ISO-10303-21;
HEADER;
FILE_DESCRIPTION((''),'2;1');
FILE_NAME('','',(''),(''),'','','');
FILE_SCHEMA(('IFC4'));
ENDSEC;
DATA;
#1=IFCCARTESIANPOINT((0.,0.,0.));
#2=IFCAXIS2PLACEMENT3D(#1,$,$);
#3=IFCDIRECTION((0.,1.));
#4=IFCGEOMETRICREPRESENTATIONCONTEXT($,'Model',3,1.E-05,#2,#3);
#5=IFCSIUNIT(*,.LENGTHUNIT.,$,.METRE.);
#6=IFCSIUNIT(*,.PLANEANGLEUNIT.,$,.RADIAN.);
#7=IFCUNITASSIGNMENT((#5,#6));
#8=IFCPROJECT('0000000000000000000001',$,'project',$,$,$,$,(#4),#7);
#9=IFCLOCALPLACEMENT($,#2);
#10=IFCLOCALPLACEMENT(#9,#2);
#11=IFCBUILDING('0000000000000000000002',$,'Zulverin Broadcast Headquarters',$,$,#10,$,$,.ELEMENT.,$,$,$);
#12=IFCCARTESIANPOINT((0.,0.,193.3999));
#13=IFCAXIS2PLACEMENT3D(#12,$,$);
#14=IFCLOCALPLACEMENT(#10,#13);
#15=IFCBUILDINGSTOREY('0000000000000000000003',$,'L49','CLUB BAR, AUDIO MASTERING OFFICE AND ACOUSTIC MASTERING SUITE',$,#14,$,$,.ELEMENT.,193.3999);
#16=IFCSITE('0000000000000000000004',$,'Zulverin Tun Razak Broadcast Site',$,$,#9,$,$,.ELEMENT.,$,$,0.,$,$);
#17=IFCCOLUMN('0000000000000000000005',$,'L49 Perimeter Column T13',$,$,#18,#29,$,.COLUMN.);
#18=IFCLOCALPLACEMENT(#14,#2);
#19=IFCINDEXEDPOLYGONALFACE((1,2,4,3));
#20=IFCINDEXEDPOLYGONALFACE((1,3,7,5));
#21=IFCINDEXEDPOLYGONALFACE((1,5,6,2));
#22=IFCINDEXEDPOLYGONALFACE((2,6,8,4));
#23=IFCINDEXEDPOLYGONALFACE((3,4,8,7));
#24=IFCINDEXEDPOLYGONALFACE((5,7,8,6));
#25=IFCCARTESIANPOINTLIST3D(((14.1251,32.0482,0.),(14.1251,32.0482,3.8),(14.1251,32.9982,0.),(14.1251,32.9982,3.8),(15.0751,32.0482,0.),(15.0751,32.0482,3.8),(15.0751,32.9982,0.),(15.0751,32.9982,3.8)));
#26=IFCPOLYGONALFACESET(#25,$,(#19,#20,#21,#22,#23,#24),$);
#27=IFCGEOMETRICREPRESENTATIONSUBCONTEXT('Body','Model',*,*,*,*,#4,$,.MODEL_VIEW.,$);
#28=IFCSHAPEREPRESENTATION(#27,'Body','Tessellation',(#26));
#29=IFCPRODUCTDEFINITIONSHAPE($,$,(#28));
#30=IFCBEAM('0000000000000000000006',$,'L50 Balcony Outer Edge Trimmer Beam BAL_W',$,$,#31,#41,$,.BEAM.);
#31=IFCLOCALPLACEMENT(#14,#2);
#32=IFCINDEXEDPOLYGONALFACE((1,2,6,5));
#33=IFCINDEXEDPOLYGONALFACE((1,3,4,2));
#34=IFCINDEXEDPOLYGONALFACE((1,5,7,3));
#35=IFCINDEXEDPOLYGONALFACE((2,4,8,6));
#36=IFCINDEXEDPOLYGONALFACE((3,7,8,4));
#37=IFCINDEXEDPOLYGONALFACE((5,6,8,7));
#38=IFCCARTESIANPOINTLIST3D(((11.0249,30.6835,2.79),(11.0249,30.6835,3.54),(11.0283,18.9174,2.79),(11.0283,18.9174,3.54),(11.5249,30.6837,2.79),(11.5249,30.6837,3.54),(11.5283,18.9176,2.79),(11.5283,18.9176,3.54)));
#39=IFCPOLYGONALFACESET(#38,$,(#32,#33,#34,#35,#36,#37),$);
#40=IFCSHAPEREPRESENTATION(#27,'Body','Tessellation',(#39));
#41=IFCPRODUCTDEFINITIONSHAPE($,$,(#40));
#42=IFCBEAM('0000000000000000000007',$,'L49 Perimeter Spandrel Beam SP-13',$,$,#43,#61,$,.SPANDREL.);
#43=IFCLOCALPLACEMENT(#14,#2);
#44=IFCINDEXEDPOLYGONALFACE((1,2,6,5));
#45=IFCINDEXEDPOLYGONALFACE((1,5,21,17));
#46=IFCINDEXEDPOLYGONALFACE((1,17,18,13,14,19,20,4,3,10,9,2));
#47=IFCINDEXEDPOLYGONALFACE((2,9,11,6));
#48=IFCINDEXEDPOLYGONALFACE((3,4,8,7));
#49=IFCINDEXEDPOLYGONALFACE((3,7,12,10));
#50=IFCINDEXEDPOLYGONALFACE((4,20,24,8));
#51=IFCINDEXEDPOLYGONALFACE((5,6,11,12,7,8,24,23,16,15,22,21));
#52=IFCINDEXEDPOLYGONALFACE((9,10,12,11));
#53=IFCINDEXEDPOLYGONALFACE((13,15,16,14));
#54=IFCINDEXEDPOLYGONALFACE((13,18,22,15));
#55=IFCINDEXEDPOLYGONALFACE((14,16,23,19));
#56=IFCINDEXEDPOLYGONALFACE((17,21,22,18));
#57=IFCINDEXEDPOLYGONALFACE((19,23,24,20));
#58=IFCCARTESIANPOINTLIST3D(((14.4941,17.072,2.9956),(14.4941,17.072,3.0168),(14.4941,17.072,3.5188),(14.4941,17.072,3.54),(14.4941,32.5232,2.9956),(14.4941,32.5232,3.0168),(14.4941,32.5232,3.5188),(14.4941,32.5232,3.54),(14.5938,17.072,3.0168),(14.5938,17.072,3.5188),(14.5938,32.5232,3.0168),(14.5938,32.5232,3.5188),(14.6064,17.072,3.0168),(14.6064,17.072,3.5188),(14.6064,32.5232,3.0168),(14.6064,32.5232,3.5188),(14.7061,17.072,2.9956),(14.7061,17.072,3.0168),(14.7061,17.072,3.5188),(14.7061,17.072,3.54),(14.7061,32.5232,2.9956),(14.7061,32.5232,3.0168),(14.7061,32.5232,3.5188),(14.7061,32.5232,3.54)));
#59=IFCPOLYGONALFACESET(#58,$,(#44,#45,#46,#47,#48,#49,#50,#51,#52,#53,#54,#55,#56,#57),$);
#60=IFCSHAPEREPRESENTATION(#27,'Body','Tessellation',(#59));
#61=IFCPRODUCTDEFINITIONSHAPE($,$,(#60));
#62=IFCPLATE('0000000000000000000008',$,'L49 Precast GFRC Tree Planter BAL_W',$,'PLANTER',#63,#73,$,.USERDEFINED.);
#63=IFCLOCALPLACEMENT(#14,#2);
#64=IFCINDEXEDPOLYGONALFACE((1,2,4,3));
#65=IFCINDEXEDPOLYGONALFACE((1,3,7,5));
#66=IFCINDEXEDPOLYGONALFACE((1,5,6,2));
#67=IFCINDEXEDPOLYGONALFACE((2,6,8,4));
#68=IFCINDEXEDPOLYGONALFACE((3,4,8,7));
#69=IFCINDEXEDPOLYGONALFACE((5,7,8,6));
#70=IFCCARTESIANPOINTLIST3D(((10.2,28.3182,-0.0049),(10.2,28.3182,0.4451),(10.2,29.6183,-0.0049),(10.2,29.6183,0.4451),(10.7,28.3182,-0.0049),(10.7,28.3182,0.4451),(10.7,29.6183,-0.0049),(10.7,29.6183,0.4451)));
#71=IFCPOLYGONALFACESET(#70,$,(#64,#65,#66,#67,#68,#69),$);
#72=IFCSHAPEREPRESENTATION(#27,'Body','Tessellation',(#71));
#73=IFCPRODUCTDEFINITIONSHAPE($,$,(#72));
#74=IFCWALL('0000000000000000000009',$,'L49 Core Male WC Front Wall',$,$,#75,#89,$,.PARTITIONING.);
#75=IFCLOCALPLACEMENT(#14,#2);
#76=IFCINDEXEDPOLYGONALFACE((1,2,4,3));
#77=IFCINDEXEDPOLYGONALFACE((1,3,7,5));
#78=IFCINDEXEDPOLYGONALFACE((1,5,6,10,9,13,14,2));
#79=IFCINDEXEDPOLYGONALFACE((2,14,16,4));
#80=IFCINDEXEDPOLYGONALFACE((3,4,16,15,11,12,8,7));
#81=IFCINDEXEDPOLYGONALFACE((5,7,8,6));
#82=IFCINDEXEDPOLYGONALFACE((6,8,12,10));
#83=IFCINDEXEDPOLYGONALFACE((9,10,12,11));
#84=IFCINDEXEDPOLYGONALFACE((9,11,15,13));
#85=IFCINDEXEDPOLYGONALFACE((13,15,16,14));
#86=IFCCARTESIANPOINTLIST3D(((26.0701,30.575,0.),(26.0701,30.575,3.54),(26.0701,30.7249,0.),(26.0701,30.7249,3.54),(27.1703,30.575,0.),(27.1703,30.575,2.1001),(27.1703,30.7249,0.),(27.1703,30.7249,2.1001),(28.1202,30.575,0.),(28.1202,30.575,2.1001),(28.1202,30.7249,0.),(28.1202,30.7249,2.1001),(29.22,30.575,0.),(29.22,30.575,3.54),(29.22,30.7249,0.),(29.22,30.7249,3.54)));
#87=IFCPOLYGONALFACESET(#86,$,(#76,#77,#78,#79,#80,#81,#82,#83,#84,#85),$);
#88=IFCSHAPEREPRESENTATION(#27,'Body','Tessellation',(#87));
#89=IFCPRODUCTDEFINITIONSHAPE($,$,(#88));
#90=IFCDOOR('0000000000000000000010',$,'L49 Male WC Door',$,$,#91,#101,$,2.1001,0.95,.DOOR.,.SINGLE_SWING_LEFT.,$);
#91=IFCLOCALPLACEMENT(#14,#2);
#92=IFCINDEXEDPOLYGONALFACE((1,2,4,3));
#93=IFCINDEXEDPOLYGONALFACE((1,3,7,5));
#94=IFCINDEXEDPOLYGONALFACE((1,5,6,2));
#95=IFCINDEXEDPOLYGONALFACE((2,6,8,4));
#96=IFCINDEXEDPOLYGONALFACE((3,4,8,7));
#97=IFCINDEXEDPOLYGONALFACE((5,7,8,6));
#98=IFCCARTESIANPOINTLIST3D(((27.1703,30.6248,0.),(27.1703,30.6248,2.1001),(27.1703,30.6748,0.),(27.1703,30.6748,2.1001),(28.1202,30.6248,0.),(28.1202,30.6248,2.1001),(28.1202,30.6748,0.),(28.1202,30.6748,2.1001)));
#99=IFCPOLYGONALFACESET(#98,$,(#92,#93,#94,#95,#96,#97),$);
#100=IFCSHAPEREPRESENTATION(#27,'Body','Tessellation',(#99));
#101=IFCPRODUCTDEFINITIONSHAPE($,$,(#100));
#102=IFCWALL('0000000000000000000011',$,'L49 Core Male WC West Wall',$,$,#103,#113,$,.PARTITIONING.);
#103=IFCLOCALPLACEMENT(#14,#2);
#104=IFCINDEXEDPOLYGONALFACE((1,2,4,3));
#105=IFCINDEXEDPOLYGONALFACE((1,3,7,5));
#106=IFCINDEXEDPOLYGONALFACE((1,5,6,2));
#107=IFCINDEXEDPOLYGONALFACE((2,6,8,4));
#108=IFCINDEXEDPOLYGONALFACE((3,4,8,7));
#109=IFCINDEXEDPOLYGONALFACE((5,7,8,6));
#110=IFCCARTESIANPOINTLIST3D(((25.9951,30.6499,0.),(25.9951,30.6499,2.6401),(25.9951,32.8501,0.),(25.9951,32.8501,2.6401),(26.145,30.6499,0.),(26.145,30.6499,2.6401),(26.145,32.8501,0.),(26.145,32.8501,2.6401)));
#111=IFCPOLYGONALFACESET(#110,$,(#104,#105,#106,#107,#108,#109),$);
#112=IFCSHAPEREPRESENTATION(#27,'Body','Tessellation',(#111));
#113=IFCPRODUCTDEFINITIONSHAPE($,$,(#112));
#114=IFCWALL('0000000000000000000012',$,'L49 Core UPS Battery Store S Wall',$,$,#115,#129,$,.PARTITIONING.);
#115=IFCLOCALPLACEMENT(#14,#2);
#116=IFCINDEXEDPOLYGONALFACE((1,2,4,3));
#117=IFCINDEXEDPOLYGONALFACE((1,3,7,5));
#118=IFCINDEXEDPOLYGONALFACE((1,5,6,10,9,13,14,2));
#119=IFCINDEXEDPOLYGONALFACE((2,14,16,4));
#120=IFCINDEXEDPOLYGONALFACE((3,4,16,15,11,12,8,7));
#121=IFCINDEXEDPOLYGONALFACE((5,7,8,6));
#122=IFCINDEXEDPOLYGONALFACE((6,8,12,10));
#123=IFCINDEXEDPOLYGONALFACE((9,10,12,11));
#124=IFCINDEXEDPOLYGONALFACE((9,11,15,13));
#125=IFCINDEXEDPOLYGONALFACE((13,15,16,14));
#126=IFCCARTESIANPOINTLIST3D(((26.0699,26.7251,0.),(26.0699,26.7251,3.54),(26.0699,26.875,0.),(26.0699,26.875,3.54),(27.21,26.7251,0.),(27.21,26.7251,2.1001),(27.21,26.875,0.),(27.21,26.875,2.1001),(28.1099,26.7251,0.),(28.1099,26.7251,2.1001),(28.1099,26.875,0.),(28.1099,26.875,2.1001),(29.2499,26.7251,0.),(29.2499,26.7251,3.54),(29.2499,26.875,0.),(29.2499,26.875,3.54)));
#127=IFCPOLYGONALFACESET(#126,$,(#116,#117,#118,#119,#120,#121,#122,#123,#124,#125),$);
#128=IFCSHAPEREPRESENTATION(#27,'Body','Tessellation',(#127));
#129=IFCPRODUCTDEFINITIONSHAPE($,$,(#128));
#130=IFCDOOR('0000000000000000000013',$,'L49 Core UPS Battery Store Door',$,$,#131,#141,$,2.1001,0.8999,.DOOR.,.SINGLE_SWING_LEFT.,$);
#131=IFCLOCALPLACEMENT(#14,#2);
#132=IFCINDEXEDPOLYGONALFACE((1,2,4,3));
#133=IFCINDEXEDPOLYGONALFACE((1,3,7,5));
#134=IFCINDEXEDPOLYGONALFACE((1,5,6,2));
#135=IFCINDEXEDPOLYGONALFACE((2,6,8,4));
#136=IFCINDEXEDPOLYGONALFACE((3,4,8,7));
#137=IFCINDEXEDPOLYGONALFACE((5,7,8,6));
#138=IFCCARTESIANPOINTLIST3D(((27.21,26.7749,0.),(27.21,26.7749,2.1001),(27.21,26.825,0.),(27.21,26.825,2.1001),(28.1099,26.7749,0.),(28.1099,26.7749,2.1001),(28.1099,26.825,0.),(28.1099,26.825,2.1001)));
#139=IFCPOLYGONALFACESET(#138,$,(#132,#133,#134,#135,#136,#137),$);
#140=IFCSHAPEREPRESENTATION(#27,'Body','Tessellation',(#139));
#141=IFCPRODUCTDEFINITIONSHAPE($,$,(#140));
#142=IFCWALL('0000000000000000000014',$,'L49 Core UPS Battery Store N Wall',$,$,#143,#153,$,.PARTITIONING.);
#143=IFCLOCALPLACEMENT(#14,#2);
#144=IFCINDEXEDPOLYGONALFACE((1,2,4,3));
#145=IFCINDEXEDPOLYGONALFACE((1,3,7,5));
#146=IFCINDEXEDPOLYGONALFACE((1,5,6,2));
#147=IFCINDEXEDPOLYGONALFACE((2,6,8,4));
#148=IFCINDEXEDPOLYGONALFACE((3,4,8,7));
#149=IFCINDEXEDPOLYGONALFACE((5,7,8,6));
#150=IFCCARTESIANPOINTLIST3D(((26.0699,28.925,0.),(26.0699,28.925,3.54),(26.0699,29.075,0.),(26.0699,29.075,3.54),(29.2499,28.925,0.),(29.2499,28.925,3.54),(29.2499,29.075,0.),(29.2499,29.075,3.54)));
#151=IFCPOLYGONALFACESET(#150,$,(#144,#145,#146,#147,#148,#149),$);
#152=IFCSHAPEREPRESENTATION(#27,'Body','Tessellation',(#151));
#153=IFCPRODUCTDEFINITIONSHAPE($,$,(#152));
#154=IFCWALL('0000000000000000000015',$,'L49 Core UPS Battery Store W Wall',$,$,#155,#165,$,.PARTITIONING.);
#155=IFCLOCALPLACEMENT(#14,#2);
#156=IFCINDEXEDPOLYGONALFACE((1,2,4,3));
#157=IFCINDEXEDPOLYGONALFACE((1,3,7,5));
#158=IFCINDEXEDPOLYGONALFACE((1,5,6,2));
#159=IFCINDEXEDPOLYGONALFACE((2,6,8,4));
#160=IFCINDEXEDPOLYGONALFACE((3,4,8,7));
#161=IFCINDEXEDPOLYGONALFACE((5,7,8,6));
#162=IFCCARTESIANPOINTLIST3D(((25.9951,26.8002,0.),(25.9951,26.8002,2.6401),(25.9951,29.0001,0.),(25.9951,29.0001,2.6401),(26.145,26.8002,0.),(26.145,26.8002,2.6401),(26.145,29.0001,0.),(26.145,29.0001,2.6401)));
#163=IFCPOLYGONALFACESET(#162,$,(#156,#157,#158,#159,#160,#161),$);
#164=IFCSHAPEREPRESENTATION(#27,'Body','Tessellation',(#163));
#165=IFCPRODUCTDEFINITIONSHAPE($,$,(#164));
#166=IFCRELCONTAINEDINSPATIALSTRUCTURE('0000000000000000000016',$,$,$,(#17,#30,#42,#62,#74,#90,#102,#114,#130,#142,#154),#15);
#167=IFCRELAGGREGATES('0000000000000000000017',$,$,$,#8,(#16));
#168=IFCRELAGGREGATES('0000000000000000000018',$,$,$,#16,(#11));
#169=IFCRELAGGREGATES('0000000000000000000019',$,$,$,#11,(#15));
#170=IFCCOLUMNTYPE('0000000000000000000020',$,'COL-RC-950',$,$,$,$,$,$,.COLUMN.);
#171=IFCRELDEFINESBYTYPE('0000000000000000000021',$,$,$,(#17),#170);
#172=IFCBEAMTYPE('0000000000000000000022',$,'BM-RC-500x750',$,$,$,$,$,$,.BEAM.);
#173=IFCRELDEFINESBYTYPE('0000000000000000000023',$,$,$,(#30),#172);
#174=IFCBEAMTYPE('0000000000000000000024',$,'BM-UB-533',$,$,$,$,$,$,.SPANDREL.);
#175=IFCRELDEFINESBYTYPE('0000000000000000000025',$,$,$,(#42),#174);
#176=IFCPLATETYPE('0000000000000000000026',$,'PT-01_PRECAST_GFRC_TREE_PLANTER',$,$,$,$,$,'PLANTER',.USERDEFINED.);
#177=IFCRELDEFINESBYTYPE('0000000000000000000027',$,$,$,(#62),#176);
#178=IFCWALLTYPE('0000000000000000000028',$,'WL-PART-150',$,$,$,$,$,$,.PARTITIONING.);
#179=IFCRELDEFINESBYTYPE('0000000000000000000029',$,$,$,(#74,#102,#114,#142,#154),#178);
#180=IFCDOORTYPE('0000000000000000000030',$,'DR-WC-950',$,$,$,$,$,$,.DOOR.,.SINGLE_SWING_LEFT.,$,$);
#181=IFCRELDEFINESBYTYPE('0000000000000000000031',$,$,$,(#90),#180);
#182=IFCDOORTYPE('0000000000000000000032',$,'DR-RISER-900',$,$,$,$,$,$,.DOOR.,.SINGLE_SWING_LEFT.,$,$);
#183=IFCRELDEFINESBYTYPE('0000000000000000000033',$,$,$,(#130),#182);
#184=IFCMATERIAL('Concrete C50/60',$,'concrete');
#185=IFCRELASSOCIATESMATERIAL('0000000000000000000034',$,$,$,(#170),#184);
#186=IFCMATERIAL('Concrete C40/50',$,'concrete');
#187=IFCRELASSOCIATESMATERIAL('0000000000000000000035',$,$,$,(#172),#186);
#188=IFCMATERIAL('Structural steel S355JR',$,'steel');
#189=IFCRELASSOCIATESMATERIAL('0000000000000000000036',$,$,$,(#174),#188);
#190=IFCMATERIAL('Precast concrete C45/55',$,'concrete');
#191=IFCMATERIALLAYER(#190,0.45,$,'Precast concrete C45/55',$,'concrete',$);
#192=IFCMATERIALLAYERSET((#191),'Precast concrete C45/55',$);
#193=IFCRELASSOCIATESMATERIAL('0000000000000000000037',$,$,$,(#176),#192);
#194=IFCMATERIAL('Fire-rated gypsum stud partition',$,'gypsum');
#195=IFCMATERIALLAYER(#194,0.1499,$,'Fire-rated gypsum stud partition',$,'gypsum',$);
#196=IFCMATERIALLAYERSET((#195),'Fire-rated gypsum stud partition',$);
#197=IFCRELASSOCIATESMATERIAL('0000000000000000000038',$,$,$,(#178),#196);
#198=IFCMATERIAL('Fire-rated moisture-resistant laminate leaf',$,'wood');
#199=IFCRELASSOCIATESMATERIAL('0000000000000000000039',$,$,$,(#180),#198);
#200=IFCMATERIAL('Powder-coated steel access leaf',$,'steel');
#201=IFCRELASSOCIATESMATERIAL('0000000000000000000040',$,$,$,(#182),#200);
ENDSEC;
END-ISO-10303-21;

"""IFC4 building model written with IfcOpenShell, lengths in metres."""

from ifc_helpers import new_model, si_unit, direction, frame, frame_2d, origin, origin_2d, place, context, subcontext, project, spatial, rectangle, i_section, extrude, material, layer, layer_set, material_profile, profile_set, type_object, element, fill, save


model = new_model("IFC4")

# Units and contexts
model_context = context("Model", 3, precision=1e-05, world=origin(), true_north=direction((0.0, 1.0)))
body_context = subcontext(model_context, "Body", "Model", "MODEL_VIEW")
ifc_project = project(units=[si_unit("LENGTHUNIT", "METRE"), si_unit("PLANEANGLEUNIT", "RADIAN")], contexts=[model_context])

# Site, building, storey
site_placement = place(None, origin())
site = spatial("IfcSite", under=ifc_project, at=site_placement, Name="Zulverin Tun Razak Broadcast Site", CompositionType="ELEMENT", RefElevation=0.0)
building_placement = place(site_placement, origin())
building = spatial("IfcBuilding", under=site, at=building_placement, Name="Zulverin Broadcast Headquarters", CompositionType="ELEMENT")
storey_placement = place(building_placement, frame((0.0, 0.0, 193.3999)))
storey = spatial("IfcBuildingStorey", under=building, at=storey_placement, Name="L49", Description="CLUB BAR, AUDIO MASTERING OFFICE AND ACOUSTIC MASTERING SUITE", CompositionType="ELEMENT", Elevation=193.3999)

# Column
ifc_material_1 = material(Name="Concrete C50/60", Category="concrete")
ifc_material_profile_1 = material_profile(ifc_material_1, rectangle(XDim=0.95, YDim=0.95, at=origin_2d()), Name="Concrete C50/60", Category="concrete")
ifc_profile_set_1 = profile_set([ifc_material_profile_1], Name="Concrete C50/60")
column_type = type_object("IfcColumnType", Name="COL-RC-950", PredefinedType="COLUMN", material=ifc_profile_set_1)
column_placement = place(storey_placement, frame((14.6001, 32.5232, 0.0), z_axis=(0.0, 0.0, 1.0), x_axis=(1.0, 0.0, 0.0)))
element("IfcColumn", 1, at=column_placement, inside=storey, type_object=column_type, Name="L49 Perimeter Column T13", PredefinedType="COLUMN", context=body_context, shape_type="SweptSolid", body=[
    extrude(rectangle(XDim=0.95, YDim=0.95, at=origin_2d()), origin(), (0.0, 0.0, 1.0), 3.8),
])

# Beams
ifc_material_2 = material(Name="Concrete C40/50", Category="concrete")
ifc_material_profile_2 = material_profile(ifc_material_2, rectangle(XDim=0.5, YDim=0.75, at=origin_2d()), Name="Concrete C40/50", Category="concrete")
ifc_profile_set_2 = profile_set([ifc_material_profile_2], Name="Concrete C40/50")
beam_type_1 = type_object("IfcBeamType", Name="BM-RC-500x750", PredefinedType="BEAM", material=ifc_profile_set_2)
beam_1_placement = place(storey_placement, frame((11.2749, 30.6836, 3.165), z_axis=(0.00029, -1.0, 0.0), x_axis=(1.0, 0.00029, 0.0)))
element("IfcBeam", 2, at=beam_1_placement, inside=storey, type_object=beam_type_1, Name="L50 Balcony Outer Edge Trimmer Beam BAL_W", PredefinedType="BEAM", context=body_context, shape_type="SweptSolid", body=[
    extrude(rectangle(XDim=0.5, YDim=0.75, at=origin_2d()), origin(), (0.0, 0.0, 1.0), 11.7661),
])
ifc_material_3 = material(Name="Structural steel S355JR", Category="steel")
ifc_material_profile_3 = material_profile(ifc_material_3, i_section(OverallWidth=0.2119, OverallDepth=0.5444, WebThickness=0.0127, FlangeThickness=0.0212, at=origin_2d()), Name="Structural steel S355JR", Category="steel")
ifc_profile_set_3 = profile_set([ifc_material_profile_3], Name="Structural steel S355JR")
beam_type_2 = type_object("IfcBeamType", Name="BM-UB-533", PredefinedType="SPANDREL", material=ifc_profile_set_3)
beam_2_placement = place(storey_placement, frame((14.6001, 32.5232, 3.2678), z_axis=(0.0, -1.0, 0.0), x_axis=(1.0, 0.0, 0.0)))
element("IfcBeam", 3, at=beam_2_placement, inside=storey, type_object=beam_type_2, Name="L49 Perimeter Spandrel Beam SP-13", PredefinedType="SPANDREL", context=body_context, shape_type="SweptSolid", body=[
    extrude(i_section(OverallWidth=0.2119, OverallDepth=0.5444, WebThickness=0.0127, FlangeThickness=0.0212, at=origin_2d()), origin(), (0.0, 0.0, 1.0), 15.4512),
])

# Plate
ifc_material_4 = material(Name="Precast concrete C45/55", Category="concrete")
ifc_layer_1 = layer(ifc_material_4, 0.45, Name="Precast concrete C45/55", Category="concrete")
ifc_layer_set_1 = layer_set([ifc_layer_1], Name="Precast concrete C45/55")
plate_type = type_object("IfcPlateType", Name="PT-01_PRECAST_GFRC_TREE_PLANTER", ElementType="PLANTER", PredefinedType="USERDEFINED", material=ifc_layer_set_1)
plate_placement = place(storey_placement, frame((10.45, 28.9683, -0.0049), z_axis=(0.0, 0.0, 1.0), x_axis=(0.0, 1.0, 0.0)))
element("IfcPlate", 4, at=plate_placement, inside=storey, type_object=plate_type, Name="L49 Precast GFRC Tree Planter BAL_W", ObjectType="PLANTER", PredefinedType="USERDEFINED", context=body_context, shape_type="SweptSolid", body=[
    extrude(rectangle(XDim=1.3, YDim=0.5, at=origin_2d()), origin(), (0.0, 0.0, 1.0), 0.45),
])

# Wall, opening, door
ifc_material_5 = material(Name="Fire-rated gypsum stud partition", Category="gypsum")
ifc_layer_2 = layer(ifc_material_5, 0.1499, Name="Fire-rated gypsum stud partition", Category="gypsum")
ifc_layer_set_2 = layer_set([ifc_layer_2], Name="Fire-rated gypsum stud partition")
wall_type = type_object("IfcWallType", Name="WL-PART-150", PredefinedType="PARTITIONING", material=ifc_layer_set_2)
wall_1_placement = place(storey_placement, frame((26.0701, 30.6499, 0.0), z_axis=(0.0, 0.0, 1.0), x_axis=(1.0, 0.0, 0.0)))
wall_1 = element("IfcWall", 5, at=wall_1_placement, inside=storey, type_object=wall_type, Name="L49 Core Male WC Front Wall", PredefinedType="PARTITIONING", context=body_context, shape_type="SweptSolid", body=[
    extrude(rectangle(XDim=3.1499, YDim=0.1499, at=frame_2d((1.575, 0.0))), origin(), (0.0, 0.0, 1.0), 3.54),
])
opening_1_placement = place(wall_1_placement, frame((1.1001, 0.0, 0.0)))
opening_1 = element("IfcOpeningElement", 6, at=opening_1_placement, cuts=wall_1, PredefinedType="OPENING", context=body_context, shape_type="SweptSolid", body=[
    extrude(rectangle(XDim=0.95, YDim=2.1001, at=frame_2d((0.4751, 1.05))), frame((0.0, 0.085, 0.0), z_axis=(0.0, -1.0, 0.0), x_axis=(1.0, 0.0, 0.0)), (0.0, 0.0, 1.0), 0.1699),
])
ifc_material_6 = material(Name="Fire-rated moisture-resistant laminate leaf", Category="wood")
door_type_1 = type_object("IfcDoorType", Name="DR-WC-950", OperationType="SINGLE_SWING_LEFT", PredefinedType="DOOR", material=ifc_material_6)
door_1_placement = place(opening_1_placement, origin())
door_1 = element("IfcDoor", 7, at=door_1_placement, inside=storey, type_object=door_type_1, Name="L49 Male WC Door", OperationType="SINGLE_SWING_LEFT", OverallHeight=2.1001, OverallWidth=0.95, PredefinedType="DOOR", context=body_context, shape_type="SweptSolid", body=[
    extrude(rectangle(XDim=0.95, YDim=2.1001, at=frame_2d((0.4751, 1.05))), frame((0.0, 0.0249, 0.0), z_axis=(0.0, -1.0, 0.0), x_axis=(1.0, 0.0, 0.0)), (0.0, 0.0, 1.0), 0.05),
])
fill(opening_1, door_1)

# Wall
wall_2_placement = place(storey_placement, frame((26.0701, 30.6499, 0.0), z_axis=(0.0, 0.0, 1.0), x_axis=(0.0, 1.0, 0.0)))
element("IfcWall", 8, at=wall_2_placement, inside=storey, type_object=wall_type, Name="L49 Core Male WC West Wall", PredefinedType="PARTITIONING", context=body_context, shape_type="SweptSolid", body=[
    extrude(rectangle(XDim=2.2002, YDim=0.1499, at=frame_2d((1.1001, 0.0))), origin(), (0.0, 0.0, 1.0), 2.6401),
])

# Wall, opening, door
wall_3_placement = place(storey_placement, frame((26.0701, 26.8, 0.0), z_axis=(0.0, 0.0, 1.0), x_axis=(1.0, 0.0, 0.0)))
wall_3 = element("IfcWall", 9, at=wall_3_placement, inside=storey, type_object=wall_type, Name="L49 Core UPS Battery Store S Wall", PredefinedType="PARTITIONING", context=body_context, shape_type="SweptSolid", body=[
    extrude(rectangle(XDim=3.1799, YDim=0.1499, at=frame_2d((1.5898, 0.0))), origin(), (0.0, 0.0, 1.0), 3.54),
])
opening_2_placement = place(wall_3_placement, frame((1.1399, 0.0, 0.0)))
opening_2 = element("IfcOpeningElement", 10, at=opening_2_placement, cuts=wall_3, PredefinedType="OPENING", context=body_context, shape_type="SweptSolid", body=[
    extrude(rectangle(XDim=0.8999, YDim=2.1001, at=frame_2d((0.45, 1.05))), frame((0.0, 0.085, 0.0), z_axis=(0.0, -1.0, 0.0), x_axis=(1.0, 0.0, 0.0)), (0.0, 0.0, 1.0), 0.1699),
])
ifc_material_7 = material(Name="Powder-coated steel access leaf", Category="steel")
door_type_2 = type_object("IfcDoorType", Name="DR-RISER-900", OperationType="SINGLE_SWING_LEFT", PredefinedType="DOOR", material=ifc_material_7)
door_2_placement = place(opening_2_placement, origin())
door_2 = element("IfcDoor", 11, at=door_2_placement, inside=storey, type_object=door_type_2, Name="L49 Core UPS Battery Store Door", OperationType="SINGLE_SWING_LEFT", OverallHeight=2.1001, OverallWidth=0.8999, PredefinedType="DOOR", context=body_context, shape_type="SweptSolid", body=[
    extrude(rectangle(XDim=0.8999, YDim=2.1001, at=frame_2d((0.45, 1.05))), frame((0.0, 0.0249, 0.0), z_axis=(0.0, -1.0, 0.0), x_axis=(1.0, 0.0, 0.0)), (0.0, 0.0, 1.0), 0.05),
])
fill(opening_2, door_2)

# Walls
wall_4_placement = place(storey_placement, frame((26.0701, 29.0, 0.0), z_axis=(0.0, 0.0, 1.0), x_axis=(1.0, 0.0, 0.0)))
element("IfcWall", 12, at=wall_4_placement, inside=storey, type_object=wall_type, Name="L49 Core UPS Battery Store N Wall", PredefinedType="PARTITIONING", context=body_context, shape_type="SweptSolid", body=[
    extrude(rectangle(XDim=3.1799, YDim=0.1499, at=frame_2d((1.5898, 0.0))), origin(), (0.0, 0.0, 1.0), 3.54),
])
wall_5_placement = place(storey_placement, frame((26.0701, 26.8, 0.0), z_axis=(0.0, 0.0, 1.0), x_axis=(0.0, 1.0, 0.0)))
element("IfcWall", 13, at=wall_5_placement, inside=storey, type_object=wall_type, Name="L49 Core UPS Battery Store W Wall", PredefinedType="PARTITIONING", context=body_context, shape_type="SweptSolid", body=[
    extrude(rectangle(XDim=2.2, YDim=0.1499, at=frame_2d((1.1001, 0.0))), origin(), (0.0, 0.0, 1.0), 2.6401),
])

save(model, "model.ifc")
